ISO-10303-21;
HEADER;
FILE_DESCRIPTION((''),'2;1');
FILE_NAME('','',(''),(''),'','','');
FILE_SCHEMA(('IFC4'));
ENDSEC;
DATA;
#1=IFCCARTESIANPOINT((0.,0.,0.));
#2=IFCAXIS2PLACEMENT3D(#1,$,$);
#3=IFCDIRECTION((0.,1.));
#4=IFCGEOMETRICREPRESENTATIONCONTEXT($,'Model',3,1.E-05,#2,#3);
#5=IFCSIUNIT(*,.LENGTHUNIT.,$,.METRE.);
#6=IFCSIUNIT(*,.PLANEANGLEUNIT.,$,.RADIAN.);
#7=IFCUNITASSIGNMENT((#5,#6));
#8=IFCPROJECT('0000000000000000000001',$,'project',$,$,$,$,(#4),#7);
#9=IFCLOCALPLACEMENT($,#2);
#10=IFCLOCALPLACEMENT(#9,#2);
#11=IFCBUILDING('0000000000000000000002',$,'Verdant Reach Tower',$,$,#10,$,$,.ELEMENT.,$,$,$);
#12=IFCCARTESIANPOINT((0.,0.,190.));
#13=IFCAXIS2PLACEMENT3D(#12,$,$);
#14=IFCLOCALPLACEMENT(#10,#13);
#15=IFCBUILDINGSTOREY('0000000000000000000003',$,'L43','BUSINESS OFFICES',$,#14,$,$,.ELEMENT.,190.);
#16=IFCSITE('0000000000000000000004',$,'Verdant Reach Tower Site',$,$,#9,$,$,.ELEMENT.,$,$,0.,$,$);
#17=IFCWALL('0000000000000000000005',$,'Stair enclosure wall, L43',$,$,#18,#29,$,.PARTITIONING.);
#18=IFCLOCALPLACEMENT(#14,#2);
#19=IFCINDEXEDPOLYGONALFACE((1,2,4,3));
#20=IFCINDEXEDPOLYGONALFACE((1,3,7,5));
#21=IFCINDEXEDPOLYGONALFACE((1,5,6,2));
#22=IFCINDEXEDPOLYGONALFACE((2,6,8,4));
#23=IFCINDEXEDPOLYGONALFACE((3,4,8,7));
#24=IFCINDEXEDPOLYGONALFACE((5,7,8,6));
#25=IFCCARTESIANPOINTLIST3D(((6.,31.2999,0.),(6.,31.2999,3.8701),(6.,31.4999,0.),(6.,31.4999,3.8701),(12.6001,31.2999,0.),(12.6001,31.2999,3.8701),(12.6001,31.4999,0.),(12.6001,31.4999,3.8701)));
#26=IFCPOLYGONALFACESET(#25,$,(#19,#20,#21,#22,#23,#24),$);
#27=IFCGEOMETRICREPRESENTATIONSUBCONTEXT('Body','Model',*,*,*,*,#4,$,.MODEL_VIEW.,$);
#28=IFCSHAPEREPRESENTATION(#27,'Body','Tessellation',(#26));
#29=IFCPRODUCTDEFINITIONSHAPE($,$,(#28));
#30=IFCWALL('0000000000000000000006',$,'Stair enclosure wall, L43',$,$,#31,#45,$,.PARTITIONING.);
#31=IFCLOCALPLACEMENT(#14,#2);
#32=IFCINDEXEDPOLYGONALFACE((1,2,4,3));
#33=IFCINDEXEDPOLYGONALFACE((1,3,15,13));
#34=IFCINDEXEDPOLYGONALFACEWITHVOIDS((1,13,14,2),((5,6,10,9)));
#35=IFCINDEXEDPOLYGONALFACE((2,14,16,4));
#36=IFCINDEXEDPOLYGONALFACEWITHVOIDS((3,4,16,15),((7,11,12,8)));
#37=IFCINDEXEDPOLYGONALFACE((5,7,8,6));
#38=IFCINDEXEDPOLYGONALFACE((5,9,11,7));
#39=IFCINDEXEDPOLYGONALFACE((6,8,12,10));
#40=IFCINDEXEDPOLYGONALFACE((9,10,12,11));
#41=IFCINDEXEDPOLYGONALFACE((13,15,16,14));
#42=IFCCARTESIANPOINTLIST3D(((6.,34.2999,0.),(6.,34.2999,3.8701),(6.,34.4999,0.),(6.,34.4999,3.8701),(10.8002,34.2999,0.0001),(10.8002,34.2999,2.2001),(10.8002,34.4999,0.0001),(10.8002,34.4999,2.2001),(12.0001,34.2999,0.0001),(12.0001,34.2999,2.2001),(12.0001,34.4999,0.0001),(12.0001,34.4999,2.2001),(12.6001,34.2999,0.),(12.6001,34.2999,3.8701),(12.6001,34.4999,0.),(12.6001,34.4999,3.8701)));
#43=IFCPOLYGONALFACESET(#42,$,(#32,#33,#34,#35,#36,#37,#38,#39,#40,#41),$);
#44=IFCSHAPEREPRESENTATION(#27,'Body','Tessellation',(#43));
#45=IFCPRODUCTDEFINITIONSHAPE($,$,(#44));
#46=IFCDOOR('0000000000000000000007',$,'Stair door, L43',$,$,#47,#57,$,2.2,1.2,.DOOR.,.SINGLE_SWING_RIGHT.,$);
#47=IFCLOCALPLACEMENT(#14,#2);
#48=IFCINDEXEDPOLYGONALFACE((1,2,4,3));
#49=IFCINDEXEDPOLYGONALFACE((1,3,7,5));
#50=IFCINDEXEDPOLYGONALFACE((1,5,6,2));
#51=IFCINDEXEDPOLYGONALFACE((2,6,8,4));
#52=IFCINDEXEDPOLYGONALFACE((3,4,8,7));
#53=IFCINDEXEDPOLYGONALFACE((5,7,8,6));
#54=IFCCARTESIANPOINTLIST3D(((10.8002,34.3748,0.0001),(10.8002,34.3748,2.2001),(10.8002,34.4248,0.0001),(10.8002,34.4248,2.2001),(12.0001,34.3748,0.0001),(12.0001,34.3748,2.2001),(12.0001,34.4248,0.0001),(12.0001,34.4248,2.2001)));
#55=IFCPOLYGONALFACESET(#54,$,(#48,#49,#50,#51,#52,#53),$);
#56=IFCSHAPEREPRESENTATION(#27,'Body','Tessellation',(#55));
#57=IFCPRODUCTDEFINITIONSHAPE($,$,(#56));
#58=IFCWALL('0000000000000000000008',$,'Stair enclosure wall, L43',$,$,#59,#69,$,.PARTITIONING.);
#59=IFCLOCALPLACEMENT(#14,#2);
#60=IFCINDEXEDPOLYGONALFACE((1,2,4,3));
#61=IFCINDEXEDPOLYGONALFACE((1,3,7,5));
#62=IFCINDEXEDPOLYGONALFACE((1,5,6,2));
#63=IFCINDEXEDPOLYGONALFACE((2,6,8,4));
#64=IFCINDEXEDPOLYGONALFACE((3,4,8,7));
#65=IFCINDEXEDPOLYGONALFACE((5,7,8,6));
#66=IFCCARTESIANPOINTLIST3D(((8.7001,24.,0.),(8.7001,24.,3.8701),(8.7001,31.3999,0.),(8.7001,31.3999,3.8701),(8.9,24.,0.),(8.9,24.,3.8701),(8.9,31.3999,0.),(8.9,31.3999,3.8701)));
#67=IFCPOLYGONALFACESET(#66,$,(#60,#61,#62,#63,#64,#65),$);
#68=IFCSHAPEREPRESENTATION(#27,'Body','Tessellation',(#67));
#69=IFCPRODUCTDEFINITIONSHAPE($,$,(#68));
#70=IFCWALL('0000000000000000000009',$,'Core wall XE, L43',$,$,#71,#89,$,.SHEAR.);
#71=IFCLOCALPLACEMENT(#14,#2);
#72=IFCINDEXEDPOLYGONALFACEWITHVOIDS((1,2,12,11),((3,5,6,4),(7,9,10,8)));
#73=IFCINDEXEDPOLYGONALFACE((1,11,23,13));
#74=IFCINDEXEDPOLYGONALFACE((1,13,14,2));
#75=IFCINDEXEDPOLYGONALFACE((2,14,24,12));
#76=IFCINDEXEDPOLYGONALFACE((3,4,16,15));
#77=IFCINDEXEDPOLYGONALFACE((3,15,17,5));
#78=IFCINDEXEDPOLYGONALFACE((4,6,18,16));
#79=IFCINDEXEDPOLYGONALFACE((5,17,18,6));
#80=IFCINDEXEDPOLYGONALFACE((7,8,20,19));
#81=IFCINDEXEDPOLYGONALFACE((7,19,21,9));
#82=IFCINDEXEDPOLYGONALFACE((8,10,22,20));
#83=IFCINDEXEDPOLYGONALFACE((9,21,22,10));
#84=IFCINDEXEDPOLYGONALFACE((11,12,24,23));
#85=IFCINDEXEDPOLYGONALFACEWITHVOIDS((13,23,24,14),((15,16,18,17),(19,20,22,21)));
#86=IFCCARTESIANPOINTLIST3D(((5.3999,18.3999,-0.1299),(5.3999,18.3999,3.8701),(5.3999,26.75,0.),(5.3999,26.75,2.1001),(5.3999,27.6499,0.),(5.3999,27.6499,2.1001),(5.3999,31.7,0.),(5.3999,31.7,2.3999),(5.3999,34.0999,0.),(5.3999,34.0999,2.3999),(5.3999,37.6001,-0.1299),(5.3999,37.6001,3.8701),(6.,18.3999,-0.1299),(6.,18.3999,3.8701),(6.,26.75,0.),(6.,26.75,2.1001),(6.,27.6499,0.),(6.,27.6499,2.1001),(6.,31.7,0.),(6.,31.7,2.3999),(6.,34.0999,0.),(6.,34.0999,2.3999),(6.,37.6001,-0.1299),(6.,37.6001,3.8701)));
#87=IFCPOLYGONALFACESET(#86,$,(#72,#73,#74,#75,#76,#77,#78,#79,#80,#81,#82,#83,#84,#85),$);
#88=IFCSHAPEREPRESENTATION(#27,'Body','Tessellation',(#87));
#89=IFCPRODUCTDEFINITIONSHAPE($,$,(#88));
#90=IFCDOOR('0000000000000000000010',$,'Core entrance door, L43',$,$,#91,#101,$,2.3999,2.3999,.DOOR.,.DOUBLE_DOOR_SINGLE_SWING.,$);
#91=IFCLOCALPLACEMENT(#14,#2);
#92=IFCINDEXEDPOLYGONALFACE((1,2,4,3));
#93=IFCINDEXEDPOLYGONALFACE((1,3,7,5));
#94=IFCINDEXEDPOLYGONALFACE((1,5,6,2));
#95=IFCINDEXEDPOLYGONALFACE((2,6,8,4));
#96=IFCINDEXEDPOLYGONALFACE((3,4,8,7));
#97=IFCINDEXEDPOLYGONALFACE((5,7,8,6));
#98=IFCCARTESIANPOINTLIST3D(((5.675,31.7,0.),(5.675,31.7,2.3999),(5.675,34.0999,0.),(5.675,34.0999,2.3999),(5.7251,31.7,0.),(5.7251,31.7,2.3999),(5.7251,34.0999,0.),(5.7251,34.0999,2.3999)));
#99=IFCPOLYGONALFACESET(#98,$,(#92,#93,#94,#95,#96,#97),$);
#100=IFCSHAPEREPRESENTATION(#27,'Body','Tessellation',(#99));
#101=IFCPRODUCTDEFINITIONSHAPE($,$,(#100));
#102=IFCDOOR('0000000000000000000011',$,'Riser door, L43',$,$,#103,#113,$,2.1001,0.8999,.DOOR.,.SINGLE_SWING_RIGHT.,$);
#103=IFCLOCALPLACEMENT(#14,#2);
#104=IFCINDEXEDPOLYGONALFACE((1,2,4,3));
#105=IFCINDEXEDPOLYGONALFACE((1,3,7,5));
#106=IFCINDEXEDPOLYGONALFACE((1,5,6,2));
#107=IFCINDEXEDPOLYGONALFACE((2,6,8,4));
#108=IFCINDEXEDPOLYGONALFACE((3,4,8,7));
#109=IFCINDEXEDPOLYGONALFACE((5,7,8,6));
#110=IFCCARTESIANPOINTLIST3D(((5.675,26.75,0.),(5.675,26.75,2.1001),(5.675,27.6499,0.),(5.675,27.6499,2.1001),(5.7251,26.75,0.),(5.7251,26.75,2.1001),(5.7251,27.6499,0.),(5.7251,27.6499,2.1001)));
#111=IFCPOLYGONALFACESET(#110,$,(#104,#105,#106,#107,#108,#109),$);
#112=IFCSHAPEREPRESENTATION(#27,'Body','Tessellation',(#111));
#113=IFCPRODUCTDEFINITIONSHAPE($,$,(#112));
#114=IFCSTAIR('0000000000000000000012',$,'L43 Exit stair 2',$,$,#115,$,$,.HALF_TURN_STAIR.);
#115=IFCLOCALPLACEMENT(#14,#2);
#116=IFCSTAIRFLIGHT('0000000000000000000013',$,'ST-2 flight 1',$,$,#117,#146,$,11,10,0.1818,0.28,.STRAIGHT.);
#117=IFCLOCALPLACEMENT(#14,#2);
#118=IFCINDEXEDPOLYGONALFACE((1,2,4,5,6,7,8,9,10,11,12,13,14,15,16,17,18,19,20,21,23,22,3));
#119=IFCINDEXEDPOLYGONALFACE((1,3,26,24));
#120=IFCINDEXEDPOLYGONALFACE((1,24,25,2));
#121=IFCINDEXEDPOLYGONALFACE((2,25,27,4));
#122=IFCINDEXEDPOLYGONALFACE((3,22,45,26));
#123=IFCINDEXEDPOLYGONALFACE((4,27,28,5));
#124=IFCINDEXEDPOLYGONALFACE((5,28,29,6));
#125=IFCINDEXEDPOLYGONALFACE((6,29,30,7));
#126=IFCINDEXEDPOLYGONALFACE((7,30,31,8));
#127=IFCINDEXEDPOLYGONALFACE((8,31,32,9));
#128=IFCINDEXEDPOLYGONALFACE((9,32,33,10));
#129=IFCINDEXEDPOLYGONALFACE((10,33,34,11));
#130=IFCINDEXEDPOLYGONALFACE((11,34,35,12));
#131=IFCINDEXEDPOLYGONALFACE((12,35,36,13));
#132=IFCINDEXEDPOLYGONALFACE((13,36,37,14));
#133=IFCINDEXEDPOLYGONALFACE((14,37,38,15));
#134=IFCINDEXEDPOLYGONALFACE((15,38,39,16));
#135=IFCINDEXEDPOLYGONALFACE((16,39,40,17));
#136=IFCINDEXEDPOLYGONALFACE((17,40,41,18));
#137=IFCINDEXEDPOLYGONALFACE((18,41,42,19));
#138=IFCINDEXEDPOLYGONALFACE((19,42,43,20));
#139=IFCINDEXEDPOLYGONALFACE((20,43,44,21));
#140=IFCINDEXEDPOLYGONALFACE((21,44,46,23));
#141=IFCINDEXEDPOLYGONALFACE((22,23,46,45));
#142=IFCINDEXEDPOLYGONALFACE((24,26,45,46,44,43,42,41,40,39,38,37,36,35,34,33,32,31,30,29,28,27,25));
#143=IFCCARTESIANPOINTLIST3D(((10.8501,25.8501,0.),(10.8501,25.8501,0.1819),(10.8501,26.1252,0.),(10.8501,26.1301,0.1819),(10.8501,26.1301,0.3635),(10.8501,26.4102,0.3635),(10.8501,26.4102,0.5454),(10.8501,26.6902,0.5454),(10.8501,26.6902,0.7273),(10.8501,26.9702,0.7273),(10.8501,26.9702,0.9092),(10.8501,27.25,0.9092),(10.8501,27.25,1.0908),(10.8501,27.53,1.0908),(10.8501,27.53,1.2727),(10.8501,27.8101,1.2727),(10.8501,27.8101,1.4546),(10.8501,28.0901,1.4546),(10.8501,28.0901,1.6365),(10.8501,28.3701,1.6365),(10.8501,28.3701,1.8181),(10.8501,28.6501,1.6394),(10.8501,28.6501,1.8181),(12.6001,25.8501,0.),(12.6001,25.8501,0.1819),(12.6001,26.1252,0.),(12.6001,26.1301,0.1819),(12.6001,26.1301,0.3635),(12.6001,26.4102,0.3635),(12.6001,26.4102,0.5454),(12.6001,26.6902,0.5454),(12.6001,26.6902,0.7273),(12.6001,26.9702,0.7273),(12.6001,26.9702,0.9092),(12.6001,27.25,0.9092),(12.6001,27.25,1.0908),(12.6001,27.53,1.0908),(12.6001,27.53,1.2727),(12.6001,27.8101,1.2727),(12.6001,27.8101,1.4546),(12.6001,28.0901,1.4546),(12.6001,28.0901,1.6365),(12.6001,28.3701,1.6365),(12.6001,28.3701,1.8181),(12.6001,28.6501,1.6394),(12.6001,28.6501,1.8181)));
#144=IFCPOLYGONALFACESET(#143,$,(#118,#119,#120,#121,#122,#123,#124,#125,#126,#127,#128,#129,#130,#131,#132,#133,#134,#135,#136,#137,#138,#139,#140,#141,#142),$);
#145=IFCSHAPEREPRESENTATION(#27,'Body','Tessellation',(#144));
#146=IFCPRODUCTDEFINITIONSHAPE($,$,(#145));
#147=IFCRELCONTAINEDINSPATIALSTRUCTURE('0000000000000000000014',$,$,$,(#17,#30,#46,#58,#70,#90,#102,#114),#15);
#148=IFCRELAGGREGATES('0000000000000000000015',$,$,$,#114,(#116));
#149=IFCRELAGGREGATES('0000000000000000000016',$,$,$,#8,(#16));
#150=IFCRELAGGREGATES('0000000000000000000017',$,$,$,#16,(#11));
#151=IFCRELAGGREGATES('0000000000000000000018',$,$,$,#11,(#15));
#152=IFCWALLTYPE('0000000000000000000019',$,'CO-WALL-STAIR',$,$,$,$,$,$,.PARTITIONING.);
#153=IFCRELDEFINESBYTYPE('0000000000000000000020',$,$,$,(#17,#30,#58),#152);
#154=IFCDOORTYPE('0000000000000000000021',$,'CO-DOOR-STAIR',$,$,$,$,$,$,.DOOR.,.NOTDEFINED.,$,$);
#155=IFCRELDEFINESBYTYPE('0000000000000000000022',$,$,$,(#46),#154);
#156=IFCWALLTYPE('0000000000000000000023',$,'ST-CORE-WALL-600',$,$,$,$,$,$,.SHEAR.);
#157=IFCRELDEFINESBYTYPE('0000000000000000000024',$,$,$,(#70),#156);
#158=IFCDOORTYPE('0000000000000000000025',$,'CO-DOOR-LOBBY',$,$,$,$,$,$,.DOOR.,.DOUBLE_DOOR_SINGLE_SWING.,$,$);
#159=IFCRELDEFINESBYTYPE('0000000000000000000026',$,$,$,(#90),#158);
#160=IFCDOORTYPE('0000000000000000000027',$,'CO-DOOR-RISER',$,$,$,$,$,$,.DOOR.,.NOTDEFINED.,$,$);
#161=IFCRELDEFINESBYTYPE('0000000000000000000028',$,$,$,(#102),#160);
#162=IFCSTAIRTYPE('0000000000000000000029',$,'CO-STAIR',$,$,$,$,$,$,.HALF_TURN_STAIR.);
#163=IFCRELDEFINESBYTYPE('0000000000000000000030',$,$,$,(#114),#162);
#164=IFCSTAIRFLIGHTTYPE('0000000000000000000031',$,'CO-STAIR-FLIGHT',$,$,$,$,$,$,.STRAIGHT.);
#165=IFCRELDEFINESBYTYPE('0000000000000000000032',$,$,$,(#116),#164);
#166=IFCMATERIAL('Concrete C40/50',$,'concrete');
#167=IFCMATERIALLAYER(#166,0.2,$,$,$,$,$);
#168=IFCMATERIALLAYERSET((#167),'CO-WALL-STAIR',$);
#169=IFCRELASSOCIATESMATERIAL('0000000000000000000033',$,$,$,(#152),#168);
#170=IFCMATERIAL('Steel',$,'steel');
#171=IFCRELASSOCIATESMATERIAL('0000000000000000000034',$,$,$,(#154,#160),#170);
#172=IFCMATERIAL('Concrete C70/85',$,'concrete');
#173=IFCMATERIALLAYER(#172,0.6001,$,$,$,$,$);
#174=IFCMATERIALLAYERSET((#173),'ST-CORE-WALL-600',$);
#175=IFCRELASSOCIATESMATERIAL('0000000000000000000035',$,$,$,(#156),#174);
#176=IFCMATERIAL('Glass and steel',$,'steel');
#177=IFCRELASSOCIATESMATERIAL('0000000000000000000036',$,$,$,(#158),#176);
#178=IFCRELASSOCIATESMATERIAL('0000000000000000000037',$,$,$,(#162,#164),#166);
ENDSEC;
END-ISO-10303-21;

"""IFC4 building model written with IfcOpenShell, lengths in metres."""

from ifc_helpers import new_model, si_unit, direction, frame, frame_2d, origin, place, context, subcontext, project, spatial, polyline, rectangle, outline, extrude, material, layer, layer_set, type_object, element, fill, aggregate, save


model = new_model("IFC4")

# Units and contexts
model_context = context("Model", 3, precision=1e-05, world=origin(), true_north=direction((0.0, 1.0)))
body_context = subcontext(model_context, "Body", "Model", "MODEL_VIEW")
ifc_project = project(units=[si_unit("LENGTHUNIT", "METRE"), si_unit("PLANEANGLEUNIT", "RADIAN")], contexts=[model_context])

# Site, building, storey
site_placement = place(None, origin())
site = spatial("IfcSite", under=ifc_project, at=site_placement, Name="Verdant Reach Tower Site", CompositionType="ELEMENT", RefElevation=0.0)
building_placement = place(site_placement, origin())
building = spatial("IfcBuilding", under=site, at=building_placement, Name="Verdant Reach Tower", CompositionType="ELEMENT")
storey_placement = place(building_placement, frame((0.0, 0.0, 190.0)))
storey = spatial("IfcBuildingStorey", under=building, at=storey_placement, Name="L43", Description="BUSINESS OFFICES", CompositionType="ELEMENT", Elevation=190.0)

# Shared definitions
ifc_material_1 = material(Name="Concrete C40/50", Category="concrete")

# Shared definitions
ifc_layer_1 = layer(ifc_material_1, 0.2)
ifc_layer_set_1 = layer_set([ifc_layer_1], Name="CO-WALL-STAIR")
wall_type_1 = type_object("IfcWallType", Name="CO-WALL-STAIR", PredefinedType="PARTITIONING", material=ifc_layer_set_1)
ifc_material_2 = material(Name="Steel", Category="steel")
door_type_1 = type_object("IfcDoorType", Name="CO-DOOR-STAIR", OperationType="NOTDEFINED", PredefinedType="DOOR", material=ifc_material_2)

# Wall
wall_1_placement = place(storey_placement, frame((6.0, 31.3999, 0.0), z_axis=(0.0, 0.0, 1.0), x_axis=(1.0, 0.0, 0.0)))
element("IfcWall", 1, at=wall_1_placement, inside=storey, type_object=wall_type_1, Name="Stair enclosure wall, L43", PredefinedType="PARTITIONING", context=body_context, shape_type="SweptSolid", body=[
    extrude(rectangle(XDim=6.6001, YDim=0.2, at=frame_2d((3.3, 0.0))), origin(), (0.0, 0.0, 1.0), 3.8701),
])

# Wall, opening, door
wall_2_placement = place(storey_placement, frame((6.0, 34.3999, 0.0), z_axis=(0.0, 0.0, 1.0), x_axis=(1.0, 0.0, 0.0)))
wall_2 = element("IfcWall", 2, at=wall_2_placement, inside=storey, type_object=wall_type_1, Name="Stair enclosure wall, L43", PredefinedType="PARTITIONING", context=body_context, shape_type="SweptSolid", body=[
    extrude(rectangle(XDim=6.6001, YDim=0.2, at=frame_2d((3.3, 0.0))), origin(), (0.0, 0.0, 1.0), 3.8701),
])
opening_1_placement = place(wall_2_placement, frame((4.8, 0.0, 0.0)))
opening_1 = element("IfcOpeningElement", 3, at=opening_1_placement, cuts=wall_2, PredefinedType="OPENING", context=body_context, shape_type="SweptSolid", body=[
    extrude(rectangle(XDim=1.2, YDim=2.2, at=frame_2d((0.6001, 1.1001))), frame((0.0, 0.1099, 0.0), z_axis=(0.0, -1.0, 0.0), x_axis=(1.0, 0.0, 0.0)), (0.0, 0.0, 1.0), 0.22),
])
door_1_placement = place(opening_1_placement, origin())
door_1 = element("IfcDoor", 4, at=door_1_placement, inside=storey, type_object=door_type_1, Name="Stair door, L43", OperationType="SINGLE_SWING_RIGHT", OverallHeight=2.2, OverallWidth=1.2, PredefinedType="DOOR", context=body_context, shape_type="SweptSolid", body=[
    extrude(rectangle(XDim=1.2, YDim=2.2, at=frame_2d((0.6001, 1.1001))), frame((0.0, 0.0249, 0.0), z_axis=(0.0, -1.0, 0.0), x_axis=(1.0, 0.0, 0.0)), (0.0, 0.0, 1.0), 0.05),
])
fill(opening_1, door_1)

# Wall
wall_3_placement = place(storey_placement, frame((8.8, 24.0, 0.0), z_axis=(0.0, 0.0, 1.0), x_axis=(0.0, 1.0, 0.0)))
element("IfcWall", 5, at=wall_3_placement, inside=storey, type_object=wall_type_1, Name="Stair enclosure wall, L43", PredefinedType="PARTITIONING", context=body_context, shape_type="SweptSolid", body=[
    extrude(rectangle(XDim=7.3999, YDim=0.2, at=frame_2d((3.7, 0.0))), origin(), (0.0, 0.0, 1.0), 3.8701),
])

# Wall, openings, doors
ifc_material_3 = material(Name="Concrete C70/85", Category="concrete")
ifc_layer_2 = layer(ifc_material_3, 0.6001)
ifc_layer_set_2 = layer_set([ifc_layer_2], Name="ST-CORE-WALL-600")
wall_type_2 = type_object("IfcWallType", Name="ST-CORE-WALL-600", PredefinedType="SHEAR", material=ifc_layer_set_2)
wall_4_placement = place(storey_placement, frame((5.7, 18.3999, -0.1299), z_axis=(0.0, 0.0, 1.0), x_axis=(0.0, 1.0, 0.0)))
wall_4 = element("IfcWall", 6, at=wall_4_placement, inside=storey, type_object=wall_type_2, Name="Core wall XE, L43", PredefinedType="SHEAR", context=body_context, shape_type="SweptSolid", body=[
    extrude(rectangle(XDim=19.2002, YDim=0.6001, at=frame_2d((9.6001, 0.0))), origin(), (0.0, 0.0, 1.0), 4.0),
])
opening_2_placement = place(wall_4_placement, frame((8.3501, 0.0, 0.1299)))
opening_2 = element("IfcOpeningElement", 7, at=opening_2_placement, cuts=wall_4, PredefinedType="OPENING", context=body_context, shape_type="SweptSolid", body=[
    extrude(rectangle(XDim=0.8999, YDim=2.1001, at=frame_2d((0.45, 1.05))), frame((0.0, 0.3101, 0.0), z_axis=(0.0, -1.0, 0.0), x_axis=(1.0, 0.0, 0.0)), (0.0, 0.0, 1.0), 0.6201),
])
opening_3_placement = place(wall_4_placement, frame((13.3, 0.0, 0.1299)))
opening_3 = element("IfcOpeningElement", 8, at=opening_3_placement, cuts=wall_4, PredefinedType="OPENING", context=body_context, shape_type="SweptSolid", body=[
    extrude(rectangle(XDim=2.3999, YDim=2.3999, at=frame_2d((1.2, 1.2))), frame((0.0, 0.3101, 0.0), z_axis=(0.0, -1.0, 0.0), x_axis=(1.0, 0.0, 0.0)), (0.0, 0.0, 1.0), 0.6201),
])
ifc_material_4 = material(Name="Glass and steel", Category="steel")
door_type_2 = type_object("IfcDoorType", Name="CO-DOOR-LOBBY", OperationType="DOUBLE_DOOR_SINGLE_SWING", PredefinedType="DOOR", material=ifc_material_4)
door_2_placement = place(opening_3_placement, origin())
door_2 = element("IfcDoor", 9, at=door_2_placement, inside=storey, type_object=door_type_2, Name="Core entrance door, L43", OperationType="DOUBLE_DOOR_SINGLE_SWING", OverallHeight=2.3999, OverallWidth=2.3999, PredefinedType="DOOR", context=body_context, shape_type="SweptSolid", body=[
    extrude(rectangle(XDim=2.3999, YDim=2.3999, at=frame_2d((1.2, 1.2))), frame((0.0, 0.0249, 0.0), z_axis=(0.0, -1.0, 0.0), x_axis=(1.0, 0.0, 0.0)), (0.0, 0.0, 1.0), 0.05),
])
fill(opening_3, door_2)
door_type_3 = type_object("IfcDoorType", Name="CO-DOOR-RISER", OperationType="NOTDEFINED", PredefinedType="DOOR", material=ifc_material_2)
door_3_placement = place(opening_2_placement, origin())
door_3 = element("IfcDoor", 10, at=door_3_placement, inside=storey, type_object=door_type_3, Name="Riser door, L43", OperationType="SINGLE_SWING_RIGHT", OverallHeight=2.1001, OverallWidth=0.8999, PredefinedType="DOOR", context=body_context, shape_type="SweptSolid", body=[
    extrude(rectangle(XDim=0.8999, YDim=2.1001, at=frame_2d((0.45, 1.05))), frame((0.0, 0.0249, 0.0), z_axis=(0.0, -1.0, 0.0), x_axis=(1.0, 0.0, 0.0)), (0.0, 0.0, 1.0), 0.05),
])
fill(opening_2, door_3)

# Stair, stair flight
stair_type = type_object("IfcStairType", Name="CO-STAIR", PredefinedType="HALF_TURN_STAIR", material=ifc_material_1)
stair_1_placement = place(storey_placement, origin())
stair_1 = element("IfcStair", 11, at=stair_1_placement, inside=storey, type_object=stair_type, Name="L43 Exit stair 2", PredefinedType="HALF_TURN_STAIR")
stair_flight_type = type_object("IfcStairFlightType", Name="CO-STAIR-FLIGHT", PredefinedType="STRAIGHT", material=ifc_material_1)
stair_flight_1_placement = place(storey_placement, frame((11.7251, 25.8501, 0.0), z_axis=(0.0, 0.0, 1.0), x_axis=(0.0, 1.0, 0.0)))
stair_flight_1 = element("IfcStairFlight", 12, at=stair_flight_1_placement, type_object=stair_flight_type, Name="ST-2 flight 1", NumberOfRisers=11, NumberOfTreads=10, PredefinedType="STRAIGHT", RiserHeight=0.1818, TreadLength=0.28, context=body_context, shape_type="SweptSolid", body=[
    extrude(outline(polyline([(0.0, 0.0), (0.0, 0.1819), (0.28, 0.1819), (0.28, 0.3635), (0.5601, 0.3635), (0.5601, 0.5454), (0.8401, 0.5454), (0.8401, 0.7273), (1.1201, 0.7273), (1.1201, 0.9092), (1.3999, 0.9092), (1.3999, 1.0908), (1.6799, 1.0908), (1.6799, 1.2727), (1.96, 1.2727), (1.96, 1.4546), (2.24, 1.4546), (2.24, 1.6365), (2.52, 1.6365), (2.52, 1.8181), (2.8, 1.8181), (2.8, 2.0), (2.8, 1.6394), (0.2751, 0.0), (0.0, 0.0)])), frame((0.0, 0.875, 0.0), z_axis=(0.0, -1.0, 0.0), x_axis=(1.0, 0.0, 0.0)), (0.0, 0.0, 1.0), 1.75),
])
aggregate(stair_1, [stair_flight_1])

save(model, "model.ifc")
